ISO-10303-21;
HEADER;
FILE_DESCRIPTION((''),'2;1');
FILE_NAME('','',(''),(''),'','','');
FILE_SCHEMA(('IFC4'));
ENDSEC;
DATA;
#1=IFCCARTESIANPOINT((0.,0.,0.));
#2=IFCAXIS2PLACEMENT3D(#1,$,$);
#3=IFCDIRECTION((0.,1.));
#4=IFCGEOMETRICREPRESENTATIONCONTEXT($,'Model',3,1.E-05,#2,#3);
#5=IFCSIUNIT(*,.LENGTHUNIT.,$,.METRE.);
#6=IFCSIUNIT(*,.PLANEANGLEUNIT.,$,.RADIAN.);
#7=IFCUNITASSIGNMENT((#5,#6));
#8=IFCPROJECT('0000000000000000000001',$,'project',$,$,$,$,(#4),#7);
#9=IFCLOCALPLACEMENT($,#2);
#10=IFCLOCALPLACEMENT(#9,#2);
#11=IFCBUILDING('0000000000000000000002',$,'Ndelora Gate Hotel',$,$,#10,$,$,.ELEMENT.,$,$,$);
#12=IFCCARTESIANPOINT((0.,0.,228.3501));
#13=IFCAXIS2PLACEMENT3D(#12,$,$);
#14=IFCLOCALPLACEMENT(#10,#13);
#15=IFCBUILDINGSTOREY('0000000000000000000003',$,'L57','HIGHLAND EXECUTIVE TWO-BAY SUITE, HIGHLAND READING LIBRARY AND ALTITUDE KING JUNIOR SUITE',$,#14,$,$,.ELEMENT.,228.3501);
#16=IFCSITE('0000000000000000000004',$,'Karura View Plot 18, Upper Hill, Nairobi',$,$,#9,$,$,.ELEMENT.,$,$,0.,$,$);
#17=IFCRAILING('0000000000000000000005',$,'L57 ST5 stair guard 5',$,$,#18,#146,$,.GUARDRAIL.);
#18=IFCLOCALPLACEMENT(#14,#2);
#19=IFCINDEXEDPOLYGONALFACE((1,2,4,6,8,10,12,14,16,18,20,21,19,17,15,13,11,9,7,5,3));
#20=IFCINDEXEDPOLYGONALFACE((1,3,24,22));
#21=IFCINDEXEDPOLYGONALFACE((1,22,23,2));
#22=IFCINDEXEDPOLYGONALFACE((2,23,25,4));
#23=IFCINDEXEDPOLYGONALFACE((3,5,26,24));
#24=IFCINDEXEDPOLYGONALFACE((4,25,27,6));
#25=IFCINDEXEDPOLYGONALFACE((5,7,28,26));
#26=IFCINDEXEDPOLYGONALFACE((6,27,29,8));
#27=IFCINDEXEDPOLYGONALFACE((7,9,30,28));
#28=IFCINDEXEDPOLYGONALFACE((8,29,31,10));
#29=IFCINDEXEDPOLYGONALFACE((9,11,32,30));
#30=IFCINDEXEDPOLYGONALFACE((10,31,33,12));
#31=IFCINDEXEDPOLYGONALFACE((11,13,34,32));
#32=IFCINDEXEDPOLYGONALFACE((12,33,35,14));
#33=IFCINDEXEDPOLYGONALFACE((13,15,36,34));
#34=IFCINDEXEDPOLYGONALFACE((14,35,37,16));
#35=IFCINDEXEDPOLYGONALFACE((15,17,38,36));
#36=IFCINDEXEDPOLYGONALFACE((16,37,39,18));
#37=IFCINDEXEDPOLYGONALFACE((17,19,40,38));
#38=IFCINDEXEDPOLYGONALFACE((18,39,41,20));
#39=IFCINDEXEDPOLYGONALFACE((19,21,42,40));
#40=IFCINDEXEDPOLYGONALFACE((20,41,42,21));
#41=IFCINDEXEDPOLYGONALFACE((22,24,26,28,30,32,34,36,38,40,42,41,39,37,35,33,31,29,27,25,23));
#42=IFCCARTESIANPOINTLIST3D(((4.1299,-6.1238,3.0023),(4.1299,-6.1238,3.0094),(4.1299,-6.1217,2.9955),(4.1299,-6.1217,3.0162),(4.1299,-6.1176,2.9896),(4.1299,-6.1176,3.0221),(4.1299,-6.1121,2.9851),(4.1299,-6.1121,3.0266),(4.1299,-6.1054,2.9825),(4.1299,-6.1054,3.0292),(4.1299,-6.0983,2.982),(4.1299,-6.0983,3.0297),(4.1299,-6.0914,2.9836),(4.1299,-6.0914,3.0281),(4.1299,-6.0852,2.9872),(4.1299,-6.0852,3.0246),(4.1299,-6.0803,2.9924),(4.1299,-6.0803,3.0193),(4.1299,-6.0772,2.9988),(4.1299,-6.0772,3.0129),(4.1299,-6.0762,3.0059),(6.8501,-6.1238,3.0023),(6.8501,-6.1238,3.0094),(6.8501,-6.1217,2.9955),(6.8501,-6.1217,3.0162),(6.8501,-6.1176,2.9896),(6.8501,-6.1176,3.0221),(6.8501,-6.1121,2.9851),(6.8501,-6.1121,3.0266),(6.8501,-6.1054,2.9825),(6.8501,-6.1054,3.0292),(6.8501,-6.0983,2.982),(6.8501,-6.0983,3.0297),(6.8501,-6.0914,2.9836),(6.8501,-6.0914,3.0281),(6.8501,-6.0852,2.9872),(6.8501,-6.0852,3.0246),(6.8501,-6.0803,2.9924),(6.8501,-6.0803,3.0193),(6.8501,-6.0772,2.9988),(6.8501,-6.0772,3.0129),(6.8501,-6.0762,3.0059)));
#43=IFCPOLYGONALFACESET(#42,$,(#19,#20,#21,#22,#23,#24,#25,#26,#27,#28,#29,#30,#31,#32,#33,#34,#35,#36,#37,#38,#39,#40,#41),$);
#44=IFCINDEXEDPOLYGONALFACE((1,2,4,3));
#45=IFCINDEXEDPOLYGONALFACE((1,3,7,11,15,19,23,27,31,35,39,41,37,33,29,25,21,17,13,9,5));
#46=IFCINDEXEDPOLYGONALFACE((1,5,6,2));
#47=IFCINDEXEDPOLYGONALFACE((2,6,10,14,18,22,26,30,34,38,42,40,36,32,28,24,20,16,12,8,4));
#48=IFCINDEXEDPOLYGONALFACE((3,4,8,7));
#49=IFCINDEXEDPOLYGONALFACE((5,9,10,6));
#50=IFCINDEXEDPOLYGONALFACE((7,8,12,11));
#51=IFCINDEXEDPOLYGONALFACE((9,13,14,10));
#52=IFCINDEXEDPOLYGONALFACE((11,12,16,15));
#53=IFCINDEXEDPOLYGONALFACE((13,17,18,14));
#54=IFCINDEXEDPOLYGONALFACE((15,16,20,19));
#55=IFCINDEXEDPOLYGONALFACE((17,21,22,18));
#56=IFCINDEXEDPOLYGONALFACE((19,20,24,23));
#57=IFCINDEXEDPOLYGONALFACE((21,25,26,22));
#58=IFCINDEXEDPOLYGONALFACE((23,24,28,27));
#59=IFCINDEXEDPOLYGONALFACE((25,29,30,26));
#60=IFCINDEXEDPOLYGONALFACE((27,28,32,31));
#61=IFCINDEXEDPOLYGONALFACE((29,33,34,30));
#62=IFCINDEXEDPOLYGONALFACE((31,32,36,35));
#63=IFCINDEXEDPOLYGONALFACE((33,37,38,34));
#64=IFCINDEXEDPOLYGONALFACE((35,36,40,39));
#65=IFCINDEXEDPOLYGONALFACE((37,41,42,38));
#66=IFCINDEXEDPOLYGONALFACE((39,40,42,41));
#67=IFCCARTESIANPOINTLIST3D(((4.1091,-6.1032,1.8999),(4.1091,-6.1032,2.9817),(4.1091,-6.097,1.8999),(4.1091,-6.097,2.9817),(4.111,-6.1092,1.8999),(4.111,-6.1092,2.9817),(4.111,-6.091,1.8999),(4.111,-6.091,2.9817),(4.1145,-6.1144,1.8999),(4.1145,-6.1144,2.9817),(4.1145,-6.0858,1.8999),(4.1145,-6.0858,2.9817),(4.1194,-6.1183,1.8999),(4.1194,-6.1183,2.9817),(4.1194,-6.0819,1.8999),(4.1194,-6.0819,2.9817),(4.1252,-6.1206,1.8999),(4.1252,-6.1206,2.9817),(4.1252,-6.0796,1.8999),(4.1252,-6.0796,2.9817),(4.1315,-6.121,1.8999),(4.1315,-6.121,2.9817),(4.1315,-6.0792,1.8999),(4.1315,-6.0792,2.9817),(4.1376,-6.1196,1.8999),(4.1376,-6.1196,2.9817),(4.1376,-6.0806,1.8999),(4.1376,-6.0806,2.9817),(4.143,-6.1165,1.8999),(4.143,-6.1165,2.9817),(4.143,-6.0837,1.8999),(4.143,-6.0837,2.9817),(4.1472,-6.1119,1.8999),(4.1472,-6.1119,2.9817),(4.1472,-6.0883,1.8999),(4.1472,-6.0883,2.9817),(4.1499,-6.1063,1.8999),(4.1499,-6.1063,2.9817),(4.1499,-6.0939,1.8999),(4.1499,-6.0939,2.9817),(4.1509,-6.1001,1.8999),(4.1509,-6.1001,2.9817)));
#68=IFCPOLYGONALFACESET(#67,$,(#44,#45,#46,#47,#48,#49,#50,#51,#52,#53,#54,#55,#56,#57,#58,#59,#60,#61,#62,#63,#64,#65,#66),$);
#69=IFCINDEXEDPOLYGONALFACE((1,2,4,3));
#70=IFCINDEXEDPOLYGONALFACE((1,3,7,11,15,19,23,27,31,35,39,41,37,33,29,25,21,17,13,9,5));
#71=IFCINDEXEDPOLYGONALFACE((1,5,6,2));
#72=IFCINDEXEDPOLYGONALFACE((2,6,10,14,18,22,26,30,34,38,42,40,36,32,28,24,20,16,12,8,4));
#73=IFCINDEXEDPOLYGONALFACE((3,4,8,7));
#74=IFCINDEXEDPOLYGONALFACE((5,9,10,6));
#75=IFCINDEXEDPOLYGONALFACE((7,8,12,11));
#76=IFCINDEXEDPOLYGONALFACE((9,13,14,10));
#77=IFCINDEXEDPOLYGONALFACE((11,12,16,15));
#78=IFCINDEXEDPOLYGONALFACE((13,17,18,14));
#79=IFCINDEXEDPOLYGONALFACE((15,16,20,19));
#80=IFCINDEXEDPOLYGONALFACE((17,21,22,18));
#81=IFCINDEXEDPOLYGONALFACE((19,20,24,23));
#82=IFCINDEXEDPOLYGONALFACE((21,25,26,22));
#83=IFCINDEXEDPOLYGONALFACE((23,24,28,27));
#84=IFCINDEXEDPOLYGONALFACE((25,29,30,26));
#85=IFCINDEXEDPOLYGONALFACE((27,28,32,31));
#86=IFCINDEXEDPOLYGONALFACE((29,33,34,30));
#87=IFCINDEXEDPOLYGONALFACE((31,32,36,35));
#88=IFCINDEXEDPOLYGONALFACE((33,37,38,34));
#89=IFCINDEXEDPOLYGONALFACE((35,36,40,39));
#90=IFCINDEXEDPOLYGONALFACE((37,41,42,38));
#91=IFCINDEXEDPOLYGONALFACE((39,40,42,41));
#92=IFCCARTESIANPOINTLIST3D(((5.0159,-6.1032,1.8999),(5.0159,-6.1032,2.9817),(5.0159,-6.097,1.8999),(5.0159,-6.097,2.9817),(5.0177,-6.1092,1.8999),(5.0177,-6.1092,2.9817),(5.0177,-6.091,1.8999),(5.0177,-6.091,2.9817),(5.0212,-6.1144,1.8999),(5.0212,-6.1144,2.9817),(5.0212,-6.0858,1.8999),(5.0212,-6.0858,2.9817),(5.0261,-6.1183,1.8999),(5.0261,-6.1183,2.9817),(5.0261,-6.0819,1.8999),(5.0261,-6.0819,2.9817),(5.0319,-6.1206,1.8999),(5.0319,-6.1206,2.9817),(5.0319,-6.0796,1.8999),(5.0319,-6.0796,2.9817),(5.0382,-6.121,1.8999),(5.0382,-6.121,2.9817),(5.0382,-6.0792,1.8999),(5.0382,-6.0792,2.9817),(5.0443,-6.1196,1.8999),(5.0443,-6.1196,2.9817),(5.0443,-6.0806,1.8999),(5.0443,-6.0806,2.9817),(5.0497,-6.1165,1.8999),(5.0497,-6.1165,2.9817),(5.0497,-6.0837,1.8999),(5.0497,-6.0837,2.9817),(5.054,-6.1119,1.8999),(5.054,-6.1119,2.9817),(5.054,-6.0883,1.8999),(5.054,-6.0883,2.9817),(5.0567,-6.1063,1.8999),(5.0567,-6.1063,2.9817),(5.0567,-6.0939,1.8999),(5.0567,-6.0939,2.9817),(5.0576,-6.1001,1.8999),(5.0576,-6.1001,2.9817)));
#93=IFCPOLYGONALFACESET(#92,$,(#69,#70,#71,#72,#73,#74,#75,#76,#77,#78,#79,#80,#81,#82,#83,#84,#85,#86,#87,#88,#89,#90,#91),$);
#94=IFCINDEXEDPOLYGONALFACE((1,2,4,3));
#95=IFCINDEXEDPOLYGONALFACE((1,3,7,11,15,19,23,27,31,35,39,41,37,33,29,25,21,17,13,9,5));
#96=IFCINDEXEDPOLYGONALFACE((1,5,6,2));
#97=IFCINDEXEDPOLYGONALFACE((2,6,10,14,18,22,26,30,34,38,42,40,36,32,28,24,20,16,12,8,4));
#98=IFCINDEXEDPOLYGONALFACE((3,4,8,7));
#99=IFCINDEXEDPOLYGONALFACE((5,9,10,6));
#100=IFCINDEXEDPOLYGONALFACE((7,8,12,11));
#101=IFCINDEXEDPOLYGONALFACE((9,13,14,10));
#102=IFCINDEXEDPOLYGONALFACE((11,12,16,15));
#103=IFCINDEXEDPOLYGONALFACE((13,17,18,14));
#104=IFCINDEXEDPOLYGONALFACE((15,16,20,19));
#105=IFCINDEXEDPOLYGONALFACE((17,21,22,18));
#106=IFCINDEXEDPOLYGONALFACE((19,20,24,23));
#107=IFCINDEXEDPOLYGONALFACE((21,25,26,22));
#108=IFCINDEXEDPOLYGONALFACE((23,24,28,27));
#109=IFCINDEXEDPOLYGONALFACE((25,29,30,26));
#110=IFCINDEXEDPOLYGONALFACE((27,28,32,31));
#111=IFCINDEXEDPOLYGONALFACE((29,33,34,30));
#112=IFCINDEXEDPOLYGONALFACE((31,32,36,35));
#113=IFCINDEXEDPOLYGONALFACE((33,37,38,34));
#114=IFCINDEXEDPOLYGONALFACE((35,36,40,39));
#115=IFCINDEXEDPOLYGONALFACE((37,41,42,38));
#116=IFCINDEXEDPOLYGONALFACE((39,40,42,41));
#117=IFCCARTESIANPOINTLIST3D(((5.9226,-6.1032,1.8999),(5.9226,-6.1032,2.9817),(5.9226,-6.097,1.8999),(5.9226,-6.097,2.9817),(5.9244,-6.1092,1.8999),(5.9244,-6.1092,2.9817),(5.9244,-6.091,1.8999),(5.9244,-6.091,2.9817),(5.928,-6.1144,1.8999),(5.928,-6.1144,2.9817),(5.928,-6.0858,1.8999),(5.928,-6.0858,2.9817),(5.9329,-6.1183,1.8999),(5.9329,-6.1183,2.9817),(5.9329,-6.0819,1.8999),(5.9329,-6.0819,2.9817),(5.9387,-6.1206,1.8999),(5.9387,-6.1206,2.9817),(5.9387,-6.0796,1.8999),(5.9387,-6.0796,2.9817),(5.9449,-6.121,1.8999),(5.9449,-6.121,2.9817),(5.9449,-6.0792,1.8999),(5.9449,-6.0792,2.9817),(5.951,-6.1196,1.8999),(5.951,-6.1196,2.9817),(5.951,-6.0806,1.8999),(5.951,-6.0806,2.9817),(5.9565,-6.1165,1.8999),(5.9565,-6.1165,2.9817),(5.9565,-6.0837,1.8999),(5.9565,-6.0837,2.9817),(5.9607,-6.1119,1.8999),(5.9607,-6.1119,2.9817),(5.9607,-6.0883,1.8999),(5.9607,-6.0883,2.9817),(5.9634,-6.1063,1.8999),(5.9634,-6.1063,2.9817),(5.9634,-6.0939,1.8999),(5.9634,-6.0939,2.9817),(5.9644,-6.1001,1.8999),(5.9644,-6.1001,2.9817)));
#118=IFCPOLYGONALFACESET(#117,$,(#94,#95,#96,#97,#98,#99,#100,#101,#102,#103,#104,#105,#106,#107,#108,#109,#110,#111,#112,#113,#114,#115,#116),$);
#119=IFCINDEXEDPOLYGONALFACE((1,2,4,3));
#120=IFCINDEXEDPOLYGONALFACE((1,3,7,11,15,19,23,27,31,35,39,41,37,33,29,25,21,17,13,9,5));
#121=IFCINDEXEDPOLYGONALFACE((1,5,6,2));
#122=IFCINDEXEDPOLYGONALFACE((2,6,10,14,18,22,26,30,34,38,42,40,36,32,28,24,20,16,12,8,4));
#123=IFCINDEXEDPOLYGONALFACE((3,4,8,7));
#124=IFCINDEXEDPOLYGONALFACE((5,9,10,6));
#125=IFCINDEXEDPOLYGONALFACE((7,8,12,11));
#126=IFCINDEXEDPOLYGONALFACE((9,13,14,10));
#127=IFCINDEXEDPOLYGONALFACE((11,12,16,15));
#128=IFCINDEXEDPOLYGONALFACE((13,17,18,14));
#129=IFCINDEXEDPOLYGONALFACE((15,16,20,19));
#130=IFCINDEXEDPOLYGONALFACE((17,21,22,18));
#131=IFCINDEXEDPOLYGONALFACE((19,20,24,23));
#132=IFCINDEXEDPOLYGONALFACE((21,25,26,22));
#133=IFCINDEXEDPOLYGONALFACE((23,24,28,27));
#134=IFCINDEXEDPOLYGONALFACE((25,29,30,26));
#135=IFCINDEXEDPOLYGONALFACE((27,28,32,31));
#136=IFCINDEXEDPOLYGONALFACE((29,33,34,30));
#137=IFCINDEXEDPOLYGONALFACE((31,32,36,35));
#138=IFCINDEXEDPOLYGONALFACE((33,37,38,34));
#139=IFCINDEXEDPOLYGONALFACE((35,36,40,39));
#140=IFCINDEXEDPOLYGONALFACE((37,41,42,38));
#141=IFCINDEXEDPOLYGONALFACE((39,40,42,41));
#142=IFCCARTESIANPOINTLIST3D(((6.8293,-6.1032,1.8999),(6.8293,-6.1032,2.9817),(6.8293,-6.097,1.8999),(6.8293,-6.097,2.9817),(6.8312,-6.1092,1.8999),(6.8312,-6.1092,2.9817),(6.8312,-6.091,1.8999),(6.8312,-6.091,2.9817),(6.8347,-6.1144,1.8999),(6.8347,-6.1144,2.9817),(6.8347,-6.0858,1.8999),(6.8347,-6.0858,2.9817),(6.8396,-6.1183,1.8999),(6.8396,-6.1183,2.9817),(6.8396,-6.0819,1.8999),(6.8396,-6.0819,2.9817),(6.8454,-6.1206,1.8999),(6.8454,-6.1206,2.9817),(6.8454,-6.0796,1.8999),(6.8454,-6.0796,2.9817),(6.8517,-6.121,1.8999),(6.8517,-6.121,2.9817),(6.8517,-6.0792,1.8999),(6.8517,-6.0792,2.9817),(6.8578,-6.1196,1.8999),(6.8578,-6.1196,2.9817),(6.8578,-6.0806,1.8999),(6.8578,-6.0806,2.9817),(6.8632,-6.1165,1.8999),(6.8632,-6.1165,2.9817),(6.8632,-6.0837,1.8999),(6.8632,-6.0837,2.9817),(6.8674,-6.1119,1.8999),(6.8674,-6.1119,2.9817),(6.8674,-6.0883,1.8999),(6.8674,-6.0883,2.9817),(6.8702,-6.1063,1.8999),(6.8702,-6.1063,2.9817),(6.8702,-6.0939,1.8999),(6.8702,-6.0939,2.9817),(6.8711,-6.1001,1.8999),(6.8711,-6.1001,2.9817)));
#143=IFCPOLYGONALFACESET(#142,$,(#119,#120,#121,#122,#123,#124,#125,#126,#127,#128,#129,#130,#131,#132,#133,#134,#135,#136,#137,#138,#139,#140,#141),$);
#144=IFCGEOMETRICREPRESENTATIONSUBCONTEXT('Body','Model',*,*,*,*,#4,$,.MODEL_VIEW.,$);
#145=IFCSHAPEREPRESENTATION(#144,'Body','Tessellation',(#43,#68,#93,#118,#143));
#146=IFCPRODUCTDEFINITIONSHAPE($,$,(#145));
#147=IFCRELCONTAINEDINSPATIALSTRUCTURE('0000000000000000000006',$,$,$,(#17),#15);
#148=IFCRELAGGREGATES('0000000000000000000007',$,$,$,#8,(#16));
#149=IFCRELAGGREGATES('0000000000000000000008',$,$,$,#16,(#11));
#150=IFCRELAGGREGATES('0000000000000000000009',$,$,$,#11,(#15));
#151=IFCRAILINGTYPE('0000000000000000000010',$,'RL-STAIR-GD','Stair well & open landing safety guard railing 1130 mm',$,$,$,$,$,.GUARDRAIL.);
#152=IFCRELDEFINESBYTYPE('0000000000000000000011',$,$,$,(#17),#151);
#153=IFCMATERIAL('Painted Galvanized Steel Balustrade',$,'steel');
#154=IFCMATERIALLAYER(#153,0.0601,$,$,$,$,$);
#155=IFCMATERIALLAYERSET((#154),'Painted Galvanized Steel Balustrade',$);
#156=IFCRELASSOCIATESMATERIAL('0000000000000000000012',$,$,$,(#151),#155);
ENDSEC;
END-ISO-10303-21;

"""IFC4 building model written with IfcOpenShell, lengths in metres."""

from ifc_helpers import new_model, si_unit, direction, frame, origin, origin_2d, place, context, subcontext, project, spatial, circle, extrude, material, layer, layer_set, type_object, element, save


model = new_model("IFC4")

# Units and contexts
model_context = context("Model", 3, precision=1e-05, world=origin(), true_north=direction((0.0, 1.0)))
body_context = subcontext(model_context, "Body", "Model", "MODEL_VIEW")
ifc_project = project(units=[si_unit("LENGTHUNIT", "METRE"), si_unit("PLANEANGLEUNIT", "RADIAN")], contexts=[model_context])

# Site, building, storey
site_placement = place(None, origin())
site = spatial("IfcSite", under=ifc_project, at=site_placement, Name="Karura View Plot 18, Upper Hill, Nairobi", CompositionType="ELEMENT", RefElevation=0.0)
building_placement = place(site_placement, origin())
building = spatial("IfcBuilding", under=site, at=building_placement, Name="Ndelora Gate Hotel", CompositionType="ELEMENT")
storey_placement = place(building_placement, frame((0.0, 0.0, 228.3501)))
storey = spatial("IfcBuildingStorey", under=building, at=storey_placement, Name="L57", Description="HIGHLAND EXECUTIVE TWO-BAY SUITE, HIGHLAND READING LIBRARY AND ALTITUDE KING JUNIOR SUITE", CompositionType="ELEMENT", Elevation=228.3501)

# Railing
ifc_material_1 = material(Name="Painted Galvanized Steel Balustrade", Category="steel")
ifc_layer_1 = layer(ifc_material_1, 0.0601)
ifc_layer_set_1 = layer_set([ifc_layer_1], Name="Painted Galvanized Steel Balustrade")
railing_type_1 = type_object("IfcRailingType", Name="RL-STAIR-GD", Description="Stair well & open landing safety guard railing 1130 mm", PredefinedType="GUARDRAIL", material=ifc_layer_set_1)
railing_1_placement = place(storey_placement, frame((4.1299, -6.1001, 1.8999)))
element("IfcRailing", 1, at=railing_1_placement, inside=storey, type_object=railing_type_1, Name="L57 ST5 stair guard 5", PredefinedType="GUARDRAIL", context=body_context, shape_type="SweptSolid", body=[
    extrude(circle(Radius=0.0239, at=origin_2d()), frame((0.0, 0.0, 1.106), z_axis=(1.0, 0.0, 0.0), x_axis=(0.0, 1.0, 0.0)), (0.0, 0.0, 1.0), 2.7202),
    extrude(circle(Radius=0.021, at=origin_2d()), origin(), (0.0, 0.0, 1.0), 1.0818),
    extrude(circle(Radius=0.021, at=origin_2d()), frame((0.9067, 0.0, 0.0)), (0.0, 0.0, 1.0), 1.0818),
    extrude(circle(Radius=0.021, at=origin_2d()), frame((1.8135, 0.0, 0.0)), (0.0, 0.0, 1.0), 1.0818),
    extrude(circle(Radius=0.021, at=origin_2d()), frame((2.7202, 0.0, 0.0)), (0.0, 0.0, 1.0), 1.0818),
])

save(model, "model.ifc")
